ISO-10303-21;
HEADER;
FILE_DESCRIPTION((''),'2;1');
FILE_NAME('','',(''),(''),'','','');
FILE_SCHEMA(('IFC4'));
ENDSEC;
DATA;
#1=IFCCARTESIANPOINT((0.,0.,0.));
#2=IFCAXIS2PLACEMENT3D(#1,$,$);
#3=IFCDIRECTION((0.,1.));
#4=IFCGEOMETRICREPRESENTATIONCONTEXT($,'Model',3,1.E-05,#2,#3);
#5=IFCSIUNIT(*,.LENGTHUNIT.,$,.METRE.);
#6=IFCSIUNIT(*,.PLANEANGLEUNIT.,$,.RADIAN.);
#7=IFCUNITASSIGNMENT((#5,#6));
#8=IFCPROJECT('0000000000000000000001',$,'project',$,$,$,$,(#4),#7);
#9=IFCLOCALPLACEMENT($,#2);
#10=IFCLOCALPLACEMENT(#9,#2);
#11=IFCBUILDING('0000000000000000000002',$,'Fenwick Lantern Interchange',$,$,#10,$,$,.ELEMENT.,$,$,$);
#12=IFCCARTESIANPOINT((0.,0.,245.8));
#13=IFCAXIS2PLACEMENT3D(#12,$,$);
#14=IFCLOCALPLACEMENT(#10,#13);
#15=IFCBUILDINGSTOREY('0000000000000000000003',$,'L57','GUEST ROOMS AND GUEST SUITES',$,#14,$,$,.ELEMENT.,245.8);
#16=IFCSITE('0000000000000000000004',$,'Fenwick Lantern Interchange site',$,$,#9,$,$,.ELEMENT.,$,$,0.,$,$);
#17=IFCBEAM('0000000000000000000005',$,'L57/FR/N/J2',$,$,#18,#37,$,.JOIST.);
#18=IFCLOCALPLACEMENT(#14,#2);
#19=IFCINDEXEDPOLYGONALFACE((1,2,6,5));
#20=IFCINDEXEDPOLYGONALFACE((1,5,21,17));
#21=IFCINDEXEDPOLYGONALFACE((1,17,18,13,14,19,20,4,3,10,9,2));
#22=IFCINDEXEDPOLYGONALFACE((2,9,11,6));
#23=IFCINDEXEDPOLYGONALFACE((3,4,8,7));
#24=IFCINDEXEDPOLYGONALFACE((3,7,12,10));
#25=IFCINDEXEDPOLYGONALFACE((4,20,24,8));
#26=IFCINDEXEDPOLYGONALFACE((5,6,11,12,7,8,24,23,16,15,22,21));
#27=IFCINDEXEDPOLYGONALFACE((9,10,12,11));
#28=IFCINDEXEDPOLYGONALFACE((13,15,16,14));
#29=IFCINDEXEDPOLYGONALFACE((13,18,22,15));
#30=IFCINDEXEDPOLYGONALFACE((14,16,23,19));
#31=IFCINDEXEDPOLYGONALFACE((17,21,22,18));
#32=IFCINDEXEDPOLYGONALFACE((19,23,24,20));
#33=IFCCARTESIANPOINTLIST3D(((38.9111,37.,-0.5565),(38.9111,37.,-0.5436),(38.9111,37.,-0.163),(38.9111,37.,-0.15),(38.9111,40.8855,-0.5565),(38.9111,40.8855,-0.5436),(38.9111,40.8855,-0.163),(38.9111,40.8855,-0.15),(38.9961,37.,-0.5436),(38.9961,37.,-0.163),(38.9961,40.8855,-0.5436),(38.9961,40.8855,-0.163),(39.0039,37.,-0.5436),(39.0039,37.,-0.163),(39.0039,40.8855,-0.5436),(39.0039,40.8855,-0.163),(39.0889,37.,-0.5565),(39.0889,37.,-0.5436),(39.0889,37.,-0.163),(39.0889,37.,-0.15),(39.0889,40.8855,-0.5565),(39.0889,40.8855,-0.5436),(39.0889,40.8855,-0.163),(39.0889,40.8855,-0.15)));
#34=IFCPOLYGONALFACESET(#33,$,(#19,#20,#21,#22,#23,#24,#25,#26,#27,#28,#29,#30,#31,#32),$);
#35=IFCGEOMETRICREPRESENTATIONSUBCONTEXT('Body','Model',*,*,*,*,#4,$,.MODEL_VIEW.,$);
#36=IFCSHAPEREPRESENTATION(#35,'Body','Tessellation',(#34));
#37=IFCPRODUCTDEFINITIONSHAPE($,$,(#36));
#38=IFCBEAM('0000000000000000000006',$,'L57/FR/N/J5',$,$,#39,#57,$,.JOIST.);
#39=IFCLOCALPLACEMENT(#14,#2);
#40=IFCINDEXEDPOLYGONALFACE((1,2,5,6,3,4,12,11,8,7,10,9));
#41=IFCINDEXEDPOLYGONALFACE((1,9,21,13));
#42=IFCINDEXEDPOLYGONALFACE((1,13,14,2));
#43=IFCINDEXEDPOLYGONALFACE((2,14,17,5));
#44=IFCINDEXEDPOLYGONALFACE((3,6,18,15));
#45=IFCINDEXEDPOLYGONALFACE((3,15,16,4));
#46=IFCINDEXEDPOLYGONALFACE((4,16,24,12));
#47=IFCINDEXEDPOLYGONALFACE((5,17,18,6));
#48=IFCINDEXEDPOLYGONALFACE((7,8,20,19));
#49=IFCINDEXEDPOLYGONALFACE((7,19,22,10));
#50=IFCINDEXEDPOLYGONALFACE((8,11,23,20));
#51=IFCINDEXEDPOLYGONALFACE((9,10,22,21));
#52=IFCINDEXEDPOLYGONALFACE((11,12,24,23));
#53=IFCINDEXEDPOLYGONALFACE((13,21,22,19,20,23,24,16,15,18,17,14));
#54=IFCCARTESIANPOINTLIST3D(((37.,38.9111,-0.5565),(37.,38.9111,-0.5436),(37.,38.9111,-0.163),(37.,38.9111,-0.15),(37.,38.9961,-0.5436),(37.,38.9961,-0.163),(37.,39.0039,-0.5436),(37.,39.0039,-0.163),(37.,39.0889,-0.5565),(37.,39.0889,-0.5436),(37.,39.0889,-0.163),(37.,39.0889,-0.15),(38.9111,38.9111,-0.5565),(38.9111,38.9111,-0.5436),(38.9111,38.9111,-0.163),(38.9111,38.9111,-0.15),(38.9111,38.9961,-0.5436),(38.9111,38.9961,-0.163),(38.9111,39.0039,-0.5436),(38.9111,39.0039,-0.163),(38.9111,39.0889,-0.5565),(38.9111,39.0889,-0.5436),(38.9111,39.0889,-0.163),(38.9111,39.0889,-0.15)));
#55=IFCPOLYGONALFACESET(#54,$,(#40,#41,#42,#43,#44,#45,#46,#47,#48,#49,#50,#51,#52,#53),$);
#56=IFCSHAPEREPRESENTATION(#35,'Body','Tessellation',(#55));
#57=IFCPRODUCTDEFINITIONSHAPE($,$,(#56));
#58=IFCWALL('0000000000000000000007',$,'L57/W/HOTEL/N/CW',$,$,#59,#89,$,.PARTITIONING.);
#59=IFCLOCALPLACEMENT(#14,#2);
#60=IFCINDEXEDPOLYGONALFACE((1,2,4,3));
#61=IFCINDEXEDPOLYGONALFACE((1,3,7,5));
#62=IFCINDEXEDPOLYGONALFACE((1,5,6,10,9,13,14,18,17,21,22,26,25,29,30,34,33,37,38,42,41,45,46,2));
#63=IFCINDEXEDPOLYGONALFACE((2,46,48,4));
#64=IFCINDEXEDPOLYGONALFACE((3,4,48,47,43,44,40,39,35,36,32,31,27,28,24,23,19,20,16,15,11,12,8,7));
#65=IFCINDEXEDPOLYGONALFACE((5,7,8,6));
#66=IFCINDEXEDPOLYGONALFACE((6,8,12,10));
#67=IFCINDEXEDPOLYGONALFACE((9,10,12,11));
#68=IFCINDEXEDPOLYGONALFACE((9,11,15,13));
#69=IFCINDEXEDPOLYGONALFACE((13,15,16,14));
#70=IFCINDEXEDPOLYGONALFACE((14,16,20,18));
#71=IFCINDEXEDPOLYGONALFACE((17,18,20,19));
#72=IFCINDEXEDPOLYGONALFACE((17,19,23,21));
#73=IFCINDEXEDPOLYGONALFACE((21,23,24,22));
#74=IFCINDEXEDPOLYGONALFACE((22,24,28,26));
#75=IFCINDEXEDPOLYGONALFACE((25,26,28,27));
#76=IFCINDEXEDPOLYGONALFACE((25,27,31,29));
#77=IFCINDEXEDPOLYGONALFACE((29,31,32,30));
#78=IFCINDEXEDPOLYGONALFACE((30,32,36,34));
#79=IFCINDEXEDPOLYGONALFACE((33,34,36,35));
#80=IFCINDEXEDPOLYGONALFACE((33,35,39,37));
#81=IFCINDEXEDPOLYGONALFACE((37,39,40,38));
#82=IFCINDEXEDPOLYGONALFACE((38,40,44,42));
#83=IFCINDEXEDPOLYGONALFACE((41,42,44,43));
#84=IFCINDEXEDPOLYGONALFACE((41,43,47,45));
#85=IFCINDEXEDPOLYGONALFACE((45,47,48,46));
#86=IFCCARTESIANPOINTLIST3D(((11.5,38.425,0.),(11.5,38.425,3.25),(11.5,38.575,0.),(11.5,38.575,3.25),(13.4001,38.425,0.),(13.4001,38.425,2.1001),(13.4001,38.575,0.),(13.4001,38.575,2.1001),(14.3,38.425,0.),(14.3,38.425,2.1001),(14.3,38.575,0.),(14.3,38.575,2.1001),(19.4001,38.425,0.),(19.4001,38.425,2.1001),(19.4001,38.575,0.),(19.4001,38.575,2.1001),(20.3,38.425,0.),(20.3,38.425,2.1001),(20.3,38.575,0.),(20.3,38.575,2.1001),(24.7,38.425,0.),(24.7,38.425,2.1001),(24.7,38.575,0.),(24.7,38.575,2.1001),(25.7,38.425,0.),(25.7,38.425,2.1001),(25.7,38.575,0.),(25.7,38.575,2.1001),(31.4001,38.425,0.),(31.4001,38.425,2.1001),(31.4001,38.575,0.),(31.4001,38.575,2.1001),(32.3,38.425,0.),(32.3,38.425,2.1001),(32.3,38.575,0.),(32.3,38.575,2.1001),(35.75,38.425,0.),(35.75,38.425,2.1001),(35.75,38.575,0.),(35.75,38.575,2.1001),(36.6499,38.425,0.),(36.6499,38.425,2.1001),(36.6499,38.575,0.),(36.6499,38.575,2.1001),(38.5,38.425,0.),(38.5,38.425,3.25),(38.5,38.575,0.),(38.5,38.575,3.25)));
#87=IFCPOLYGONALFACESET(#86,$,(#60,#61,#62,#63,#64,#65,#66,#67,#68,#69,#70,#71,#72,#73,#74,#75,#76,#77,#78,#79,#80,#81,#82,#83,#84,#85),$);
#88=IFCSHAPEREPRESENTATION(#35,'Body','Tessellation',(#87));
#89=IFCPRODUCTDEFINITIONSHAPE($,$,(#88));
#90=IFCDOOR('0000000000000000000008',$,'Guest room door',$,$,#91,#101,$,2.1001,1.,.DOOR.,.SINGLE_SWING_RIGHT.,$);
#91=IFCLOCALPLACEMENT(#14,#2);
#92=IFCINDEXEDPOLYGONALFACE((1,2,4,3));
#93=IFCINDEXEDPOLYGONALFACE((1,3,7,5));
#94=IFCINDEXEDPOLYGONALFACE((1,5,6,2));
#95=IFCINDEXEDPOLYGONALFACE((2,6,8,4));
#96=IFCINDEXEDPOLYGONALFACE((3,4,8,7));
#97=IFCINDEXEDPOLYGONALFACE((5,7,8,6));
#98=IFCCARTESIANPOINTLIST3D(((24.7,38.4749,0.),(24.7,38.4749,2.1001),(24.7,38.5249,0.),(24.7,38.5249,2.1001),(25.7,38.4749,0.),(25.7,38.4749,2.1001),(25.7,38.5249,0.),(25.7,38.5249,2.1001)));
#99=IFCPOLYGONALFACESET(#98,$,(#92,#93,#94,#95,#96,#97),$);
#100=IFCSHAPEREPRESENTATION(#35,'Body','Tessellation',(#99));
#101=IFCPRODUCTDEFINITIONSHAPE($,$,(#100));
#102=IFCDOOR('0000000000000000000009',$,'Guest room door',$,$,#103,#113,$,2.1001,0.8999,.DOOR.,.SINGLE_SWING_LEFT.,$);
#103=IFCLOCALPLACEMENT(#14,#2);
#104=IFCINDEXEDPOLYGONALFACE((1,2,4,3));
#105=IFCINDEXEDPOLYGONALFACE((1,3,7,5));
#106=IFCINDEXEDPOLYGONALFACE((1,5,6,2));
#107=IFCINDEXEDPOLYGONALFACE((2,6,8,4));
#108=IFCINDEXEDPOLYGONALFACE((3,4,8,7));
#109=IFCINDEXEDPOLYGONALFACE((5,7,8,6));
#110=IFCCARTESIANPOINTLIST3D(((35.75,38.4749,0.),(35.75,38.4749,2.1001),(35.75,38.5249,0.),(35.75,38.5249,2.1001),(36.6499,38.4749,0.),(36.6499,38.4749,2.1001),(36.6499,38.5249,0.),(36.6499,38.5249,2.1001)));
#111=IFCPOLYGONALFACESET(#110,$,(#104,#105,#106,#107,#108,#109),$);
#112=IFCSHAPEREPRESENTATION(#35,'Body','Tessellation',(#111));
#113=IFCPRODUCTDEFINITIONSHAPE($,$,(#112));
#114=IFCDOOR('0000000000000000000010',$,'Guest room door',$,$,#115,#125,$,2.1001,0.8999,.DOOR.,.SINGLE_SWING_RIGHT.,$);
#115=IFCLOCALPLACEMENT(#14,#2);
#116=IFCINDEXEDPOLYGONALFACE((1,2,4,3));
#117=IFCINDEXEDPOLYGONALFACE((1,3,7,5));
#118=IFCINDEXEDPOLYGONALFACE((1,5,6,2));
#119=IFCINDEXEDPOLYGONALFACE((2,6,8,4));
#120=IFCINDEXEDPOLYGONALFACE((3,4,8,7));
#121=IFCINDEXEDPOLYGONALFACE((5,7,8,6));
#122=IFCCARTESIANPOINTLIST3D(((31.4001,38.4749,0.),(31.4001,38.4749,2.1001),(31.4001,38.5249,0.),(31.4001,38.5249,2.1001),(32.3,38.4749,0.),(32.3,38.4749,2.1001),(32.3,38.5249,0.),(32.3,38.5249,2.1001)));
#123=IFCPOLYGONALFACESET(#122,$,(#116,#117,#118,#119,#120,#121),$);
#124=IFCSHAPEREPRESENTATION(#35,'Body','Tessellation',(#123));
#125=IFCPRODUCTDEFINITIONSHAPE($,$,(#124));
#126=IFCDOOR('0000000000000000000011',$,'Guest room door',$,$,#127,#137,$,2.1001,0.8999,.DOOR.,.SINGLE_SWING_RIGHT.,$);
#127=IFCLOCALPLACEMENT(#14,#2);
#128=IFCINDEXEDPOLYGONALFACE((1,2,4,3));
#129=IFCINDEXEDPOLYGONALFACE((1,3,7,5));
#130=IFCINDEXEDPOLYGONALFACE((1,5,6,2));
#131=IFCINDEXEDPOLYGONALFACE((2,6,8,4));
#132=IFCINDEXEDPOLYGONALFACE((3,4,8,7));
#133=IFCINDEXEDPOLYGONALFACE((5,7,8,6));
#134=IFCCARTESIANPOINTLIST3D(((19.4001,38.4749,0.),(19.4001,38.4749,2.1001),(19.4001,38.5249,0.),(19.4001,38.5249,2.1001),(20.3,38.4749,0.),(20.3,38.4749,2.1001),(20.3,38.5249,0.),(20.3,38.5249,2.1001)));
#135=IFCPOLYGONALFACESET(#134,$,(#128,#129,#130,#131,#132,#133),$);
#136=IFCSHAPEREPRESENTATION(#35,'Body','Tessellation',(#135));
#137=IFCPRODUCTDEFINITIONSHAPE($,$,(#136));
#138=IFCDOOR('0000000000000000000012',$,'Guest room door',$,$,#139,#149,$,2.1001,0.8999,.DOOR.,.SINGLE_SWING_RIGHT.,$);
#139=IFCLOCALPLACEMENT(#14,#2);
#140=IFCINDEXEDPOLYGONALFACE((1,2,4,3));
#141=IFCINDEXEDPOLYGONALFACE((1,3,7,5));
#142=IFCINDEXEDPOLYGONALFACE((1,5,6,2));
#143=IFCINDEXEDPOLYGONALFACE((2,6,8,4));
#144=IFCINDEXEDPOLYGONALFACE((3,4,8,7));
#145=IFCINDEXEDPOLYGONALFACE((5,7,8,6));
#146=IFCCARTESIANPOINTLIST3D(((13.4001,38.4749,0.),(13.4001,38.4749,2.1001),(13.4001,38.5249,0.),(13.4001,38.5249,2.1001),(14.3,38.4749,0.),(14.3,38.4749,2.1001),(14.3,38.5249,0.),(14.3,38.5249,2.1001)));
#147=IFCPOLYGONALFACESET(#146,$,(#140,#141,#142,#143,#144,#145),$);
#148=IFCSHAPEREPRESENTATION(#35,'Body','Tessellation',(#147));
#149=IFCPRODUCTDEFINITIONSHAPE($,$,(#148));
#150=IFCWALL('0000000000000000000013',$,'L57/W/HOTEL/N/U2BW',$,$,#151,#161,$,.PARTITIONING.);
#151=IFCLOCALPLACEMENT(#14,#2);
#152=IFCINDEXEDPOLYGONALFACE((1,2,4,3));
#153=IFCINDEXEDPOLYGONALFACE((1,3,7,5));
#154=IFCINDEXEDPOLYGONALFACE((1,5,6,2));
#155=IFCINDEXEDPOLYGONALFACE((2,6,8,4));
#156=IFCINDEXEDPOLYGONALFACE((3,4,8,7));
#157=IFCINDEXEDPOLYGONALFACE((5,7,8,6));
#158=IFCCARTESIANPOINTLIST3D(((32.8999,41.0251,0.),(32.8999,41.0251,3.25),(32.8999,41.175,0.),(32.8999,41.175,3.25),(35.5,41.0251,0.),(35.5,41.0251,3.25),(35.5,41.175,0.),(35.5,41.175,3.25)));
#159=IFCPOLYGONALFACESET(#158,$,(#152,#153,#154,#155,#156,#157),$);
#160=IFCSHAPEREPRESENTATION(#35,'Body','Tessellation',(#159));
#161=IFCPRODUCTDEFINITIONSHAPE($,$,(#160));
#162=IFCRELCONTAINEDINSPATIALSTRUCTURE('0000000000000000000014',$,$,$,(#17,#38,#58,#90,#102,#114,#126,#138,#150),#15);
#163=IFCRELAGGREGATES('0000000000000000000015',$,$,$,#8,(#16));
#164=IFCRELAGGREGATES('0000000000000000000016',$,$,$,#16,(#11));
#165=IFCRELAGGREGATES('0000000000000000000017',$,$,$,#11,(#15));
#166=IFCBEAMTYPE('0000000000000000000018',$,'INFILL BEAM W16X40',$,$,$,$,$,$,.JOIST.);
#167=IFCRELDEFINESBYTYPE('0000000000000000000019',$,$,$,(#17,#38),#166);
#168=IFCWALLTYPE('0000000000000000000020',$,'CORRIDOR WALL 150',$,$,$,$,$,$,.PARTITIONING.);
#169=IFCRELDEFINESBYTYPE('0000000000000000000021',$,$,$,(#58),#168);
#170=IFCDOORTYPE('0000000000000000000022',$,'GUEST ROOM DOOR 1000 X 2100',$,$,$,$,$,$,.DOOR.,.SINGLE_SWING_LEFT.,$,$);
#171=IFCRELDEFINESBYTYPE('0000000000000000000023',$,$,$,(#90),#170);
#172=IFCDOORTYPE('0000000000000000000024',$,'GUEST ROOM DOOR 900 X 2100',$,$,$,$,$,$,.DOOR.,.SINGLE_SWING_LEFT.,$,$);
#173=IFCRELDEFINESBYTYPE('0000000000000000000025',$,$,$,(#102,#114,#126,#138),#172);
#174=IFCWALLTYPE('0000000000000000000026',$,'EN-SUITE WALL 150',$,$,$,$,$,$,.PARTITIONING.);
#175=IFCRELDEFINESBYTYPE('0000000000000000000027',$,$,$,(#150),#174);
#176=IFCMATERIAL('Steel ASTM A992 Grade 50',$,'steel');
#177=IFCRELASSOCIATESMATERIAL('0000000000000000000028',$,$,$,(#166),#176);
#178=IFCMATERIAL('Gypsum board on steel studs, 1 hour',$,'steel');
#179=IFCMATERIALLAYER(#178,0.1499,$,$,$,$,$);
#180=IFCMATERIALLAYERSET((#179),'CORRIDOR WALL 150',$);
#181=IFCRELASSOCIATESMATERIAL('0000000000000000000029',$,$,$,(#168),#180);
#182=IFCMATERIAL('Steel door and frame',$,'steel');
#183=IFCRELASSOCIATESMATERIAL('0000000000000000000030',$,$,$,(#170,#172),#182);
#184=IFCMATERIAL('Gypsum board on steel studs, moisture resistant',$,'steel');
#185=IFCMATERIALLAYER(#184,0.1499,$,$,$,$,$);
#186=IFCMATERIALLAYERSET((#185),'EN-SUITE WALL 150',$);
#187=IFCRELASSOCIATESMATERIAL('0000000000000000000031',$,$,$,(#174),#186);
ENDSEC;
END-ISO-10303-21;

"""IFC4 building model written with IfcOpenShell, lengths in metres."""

from ifc_helpers import new_model, si_unit, direction, frame, frame_2d, origin, origin_2d, place, context, subcontext, project, spatial, rectangle, i_section, extrude, material, layer, layer_set, material_profile, profile_set, type_object, element, fill, save


model = new_model("IFC4")

# Units and contexts
model_context = context("Model", 3, precision=1e-05, world=origin(), true_north=direction((0.0, 1.0)))
body_context = subcontext(model_context, "Body", "Model", "MODEL_VIEW")
ifc_project = project(units=[si_unit("LENGTHUNIT", "METRE"), si_unit("PLANEANGLEUNIT", "RADIAN")], contexts=[model_context])

# Site, building, storey
site_placement = place(None, origin())
site = spatial("IfcSite", under=ifc_project, at=site_placement, Name="Fenwick Lantern Interchange site", CompositionType="ELEMENT", RefElevation=0.0)
building_placement = place(site_placement, origin())
building = spatial("IfcBuilding", under=site, at=building_placement, Name="Fenwick Lantern Interchange", CompositionType="ELEMENT")
storey_placement = place(building_placement, frame((0.0, 0.0, 245.8)))
storey = spatial("IfcBuildingStorey", under=building, at=storey_placement, Name="L57", Description="GUEST ROOMS AND GUEST SUITES", CompositionType="ELEMENT", Elevation=245.8)

# Beams
ifc_material_1 = material(Name="Steel ASTM A992 Grade 50", Category="steel")
ifc_material_profile = material_profile(ifc_material_1, i_section(OverallWidth=0.1777, OverallDepth=0.4065, WebThickness=0.0078, FlangeThickness=0.0129, at=origin_2d()), Name="W16X40")
ifc_profile_set = profile_set([ifc_material_profile], Name="Steel ASTM A992 Grade 50")
beam_type = type_object("IfcBeamType", Name="INFILL BEAM W16X40", PredefinedType="JOIST", material=ifc_profile_set)
beam_1_placement = place(storey_placement, frame((39.0, 40.8855, -0.3533), z_axis=(0.0, -1.0, 0.0), x_axis=(1.0, 0.0, 0.0)))
element("IfcBeam", 1, at=beam_1_placement, inside=storey, type_object=beam_type, Name="L57/FR/N/J2", PredefinedType="JOIST", context=body_context, shape_type="SweptSolid", body=[
    extrude(i_section(OverallWidth=0.1777, OverallDepth=0.4065, WebThickness=0.0078, FlangeThickness=0.0129, at=origin_2d()), origin(), (0.0, 0.0, 1.0), 3.8855),
])
beam_2_placement = place(storey_placement, frame((38.9111, 39.0, -0.3533), z_axis=(-1.0, 0.0, 0.0), x_axis=(0.0, -1.0, 0.0)))
element("IfcBeam", 2, at=beam_2_placement, inside=storey, type_object=beam_type, Name="L57/FR/N/J5", PredefinedType="JOIST", context=body_context, shape_type="SweptSolid", body=[
    extrude(i_section(OverallWidth=0.1777, OverallDepth=0.4065, WebThickness=0.0078, FlangeThickness=0.0129, at=origin_2d()), origin(), (0.0, 0.0, 1.0), 1.9111),
])

# Wall, openings, doors
ifc_material_2 = material(Name="Steel door and frame", Category="steel")
ifc_material_3 = material(Name="Gypsum board on steel studs, 1 hour", Category="steel")
ifc_layer_1 = layer(ifc_material_3, 0.1499)
ifc_layer_set_1 = layer_set([ifc_layer_1], Name="CORRIDOR WALL 150")
wall_type_1 = type_object("IfcWallType", Name="CORRIDOR WALL 150", PredefinedType="PARTITIONING", material=ifc_layer_set_1)
wall_1_placement = place(storey_placement, frame((38.5, 38.5, 0.0), z_axis=(0.0, 0.0, 1.0), x_axis=(-1.0, 0.0, 0.0)))
wall_1 = element("IfcWall", 3, at=wall_1_placement, inside=storey, type_object=wall_type_1, Name="L57/W/HOTEL/N/CW", PredefinedType="PARTITIONING", context=body_context, shape_type="SweptSolid", body=[
    extrude(rectangle(XDim=27.0, YDim=0.1499, at=frame_2d((13.5, 0.0))), origin(), (0.0, 0.0, 1.0), 3.25),
])
opening_1_placement = place(wall_1_placement, frame((1.8501, 0.0, 0.0)))
opening_1 = element("IfcOpeningElement", 4, at=opening_1_placement, cuts=wall_1, PredefinedType="OPENING", context=body_context, shape_type="SweptSolid", body=[
    extrude(rectangle(XDim=0.8999, YDim=2.1001, at=frame_2d((0.45, 1.05))), frame((0.0, 0.085, 0.0), z_axis=(0.0, -1.0, 0.0), x_axis=(1.0, 0.0, 0.0)), (0.0, 0.0, 1.0), 0.1699),
])
opening_2_placement = place(wall_1_placement, frame((6.2, 0.0, 0.0)))
opening_2 = element("IfcOpeningElement", 5, at=opening_2_placement, cuts=wall_1, PredefinedType="OPENING", context=body_context, shape_type="SweptSolid", body=[
    extrude(rectangle(XDim=0.8999, YDim=2.1001, at=frame_2d((0.45, 1.05))), frame((0.0, 0.085, 0.0), z_axis=(0.0, -1.0, 0.0), x_axis=(1.0, 0.0, 0.0)), (0.0, 0.0, 1.0), 0.1699),
])
opening_3_placement = place(wall_1_placement, frame((12.8, 0.0, 0.0)))
opening_3 = element("IfcOpeningElement", 6, at=opening_3_placement, cuts=wall_1, PredefinedType="OPENING", context=body_context, shape_type="SweptSolid", body=[
    extrude(rectangle(XDim=1.0, YDim=2.1001, at=frame_2d((0.5, 1.05))), frame((0.0, 0.085, 0.0), z_axis=(0.0, -1.0, 0.0), x_axis=(1.0, 0.0, 0.0)), (0.0, 0.0, 1.0), 0.1699),
])
opening_4_placement = place(wall_1_placement, frame((18.2, 0.0, 0.0)))
opening_4 = element("IfcOpeningElement", 7, at=opening_4_placement, cuts=wall_1, PredefinedType="OPENING", context=body_context, shape_type="SweptSolid", body=[
    extrude(rectangle(XDim=0.8999, YDim=2.1001, at=frame_2d((0.45, 1.05))), frame((0.0, 0.085, 0.0), z_axis=(0.0, -1.0, 0.0), x_axis=(1.0, 0.0, 0.0)), (0.0, 0.0, 1.0), 0.1699),
])
opening_5_placement = place(wall_1_placement, frame((24.2, 0.0, 0.0)))
opening_5 = element("IfcOpeningElement", 8, at=opening_5_placement, cuts=wall_1, PredefinedType="OPENING", context=body_context, shape_type="SweptSolid", body=[
    extrude(rectangle(XDim=0.8999, YDim=2.1001, at=frame_2d((0.45, 1.05))), frame((0.0, 0.085, 0.0), z_axis=(0.0, -1.0, 0.0), x_axis=(1.0, 0.0, 0.0)), (0.0, 0.0, 1.0), 0.1699),
])
door_type_1 = type_object("IfcDoorType", Name="GUEST ROOM DOOR 1000 X 2100", OperationType="SINGLE_SWING_LEFT", PredefinedType="DOOR", material=ifc_material_2)
door_1_placement = place(opening_3_placement, frame((1.0, 0.0, 0.0), z_axis=(0.0, 0.0, 1.0), x_axis=(-1.0, 0.0, 0.0)))
door_1 = element("IfcDoor", 9, at=door_1_placement, inside=storey, type_object=door_type_1, Name="Guest room door", OperationType="SINGLE_SWING_RIGHT", OverallHeight=2.1001, OverallWidth=1.0, PredefinedType="DOOR", context=body_context, shape_type="SweptSolid", body=[
    extrude(rectangle(XDim=1.0, YDim=2.1001, at=frame_2d((0.5, 1.05))), frame((0.0, 0.0249, 0.0), z_axis=(0.0, -1.0, 0.0), x_axis=(1.0, 0.0, 0.0)), (0.0, 0.0, 1.0), 0.05),
])
fill(opening_3, door_1)
door_type_2 = type_object("IfcDoorType", Name="GUEST ROOM DOOR 900 X 2100", OperationType="SINGLE_SWING_LEFT", PredefinedType="DOOR", material=ifc_material_2)
door_2_placement = place(opening_1_placement, frame((0.8999, 0.0, 0.0), z_axis=(0.0, 0.0, 1.0), x_axis=(-1.0, 0.0, 0.0)))
door_2 = element("IfcDoor", 10, at=door_2_placement, inside=storey, type_object=door_type_2, Name="Guest room door", OperationType="SINGLE_SWING_LEFT", OverallHeight=2.1001, OverallWidth=0.8999, PredefinedType="DOOR", context=body_context, shape_type="SweptSolid", body=[
    extrude(rectangle(XDim=0.8999, YDim=2.1001, at=frame_2d((0.45, 1.05))), frame((0.0, 0.0249, 0.0), z_axis=(0.0, -1.0, 0.0), x_axis=(1.0, 0.0, 0.0)), (0.0, 0.0, 1.0), 0.05),
])
fill(opening_1, door_2)
door_3_placement = place(opening_2_placement, frame((0.8999, 0.0, 0.0), z_axis=(0.0, 0.0, 1.0), x_axis=(-1.0, 0.0, 0.0)))
door_3 = element("IfcDoor", 11, at=door_3_placement, inside=storey, type_object=door_type_2, Name="Guest room door", OperationType="SINGLE_SWING_RIGHT", OverallHeight=2.1001, OverallWidth=0.8999, PredefinedType="DOOR", context=body_context, shape_type="SweptSolid", body=[
    extrude(rectangle(XDim=0.8999, YDim=2.1001, at=frame_2d((0.45, 1.05))), frame((0.0, 0.0249, 0.0), z_axis=(0.0, -1.0, 0.0), x_axis=(1.0, 0.0, 0.0)), (0.0, 0.0, 1.0), 0.05),
])
fill(opening_2, door_3)
door_4_placement = place(opening_4_placement, frame((0.8999, 0.0, 0.0), z_axis=(0.0, 0.0, 1.0), x_axis=(-1.0, 0.0, 0.0)))
door_4 = element("IfcDoor", 12, at=door_4_placement, inside=storey, type_object=door_type_2, Name="Guest room door", OperationType="SINGLE_SWING_RIGHT", OverallHeight=2.1001, OverallWidth=0.8999, PredefinedType="DOOR", context=body_context, shape_type="SweptSolid", body=[
    extrude(rectangle(XDim=0.8999, YDim=2.1001, at=frame_2d((0.45, 1.05))), frame((0.0, 0.0249, 0.0), z_axis=(0.0, -1.0, 0.0), x_axis=(1.0, 0.0, 0.0)), (0.0, 0.0, 1.0), 0.05),
])
fill(opening_4, door_4)
door_5_placement = place(opening_5_placement, frame((0.8999, 0.0, 0.0), z_axis=(0.0, 0.0, 1.0), x_axis=(-1.0, 0.0, 0.0)))
door_5 = element("IfcDoor", 13, at=door_5_placement, inside=storey, type_object=door_type_2, Name="Guest room door", OperationType="SINGLE_SWING_RIGHT", OverallHeight=2.1001, OverallWidth=0.8999, PredefinedType="DOOR", context=body_context, shape_type="SweptSolid", body=[
    extrude(rectangle(XDim=0.8999, YDim=2.1001, at=frame_2d((0.45, 1.05))), frame((0.0, 0.0249, 0.0), z_axis=(0.0, -1.0, 0.0), x_axis=(1.0, 0.0, 0.0)), (0.0, 0.0, 1.0), 0.05),
])
fill(opening_5, door_5)

# Wall
ifc_material_4 = material(Name="Gypsum board on steel studs, moisture resistant", Category="steel")
ifc_layer_2 = layer(ifc_material_4, 0.1499)
ifc_layer_set_2 = layer_set([ifc_layer_2], Name="EN-SUITE WALL 150")
wall_type_2 = type_object("IfcWallType", Name="EN-SUITE WALL 150", PredefinedType="PARTITIONING", material=ifc_layer_set_2)
wall_2_placement = place(storey_placement, frame((35.5, 41.1001, 0.0), z_axis=(0.0, 0.0, 1.0), x_axis=(-1.0, 0.0, 0.0)))
element("IfcWall", 14, at=wall_2_placement, inside=storey, type_object=wall_type_2, Name="L57/W/HOTEL/N/U2BW", PredefinedType="PARTITIONING", context=body_context, shape_type="SweptSolid", body=[
    extrude(rectangle(XDim=2.6001, YDim=0.1499, at=frame_2d((1.3, 0.0))), origin(), (0.0, 0.0, 1.0), 3.25),
])

save(model, "model.ifc")
